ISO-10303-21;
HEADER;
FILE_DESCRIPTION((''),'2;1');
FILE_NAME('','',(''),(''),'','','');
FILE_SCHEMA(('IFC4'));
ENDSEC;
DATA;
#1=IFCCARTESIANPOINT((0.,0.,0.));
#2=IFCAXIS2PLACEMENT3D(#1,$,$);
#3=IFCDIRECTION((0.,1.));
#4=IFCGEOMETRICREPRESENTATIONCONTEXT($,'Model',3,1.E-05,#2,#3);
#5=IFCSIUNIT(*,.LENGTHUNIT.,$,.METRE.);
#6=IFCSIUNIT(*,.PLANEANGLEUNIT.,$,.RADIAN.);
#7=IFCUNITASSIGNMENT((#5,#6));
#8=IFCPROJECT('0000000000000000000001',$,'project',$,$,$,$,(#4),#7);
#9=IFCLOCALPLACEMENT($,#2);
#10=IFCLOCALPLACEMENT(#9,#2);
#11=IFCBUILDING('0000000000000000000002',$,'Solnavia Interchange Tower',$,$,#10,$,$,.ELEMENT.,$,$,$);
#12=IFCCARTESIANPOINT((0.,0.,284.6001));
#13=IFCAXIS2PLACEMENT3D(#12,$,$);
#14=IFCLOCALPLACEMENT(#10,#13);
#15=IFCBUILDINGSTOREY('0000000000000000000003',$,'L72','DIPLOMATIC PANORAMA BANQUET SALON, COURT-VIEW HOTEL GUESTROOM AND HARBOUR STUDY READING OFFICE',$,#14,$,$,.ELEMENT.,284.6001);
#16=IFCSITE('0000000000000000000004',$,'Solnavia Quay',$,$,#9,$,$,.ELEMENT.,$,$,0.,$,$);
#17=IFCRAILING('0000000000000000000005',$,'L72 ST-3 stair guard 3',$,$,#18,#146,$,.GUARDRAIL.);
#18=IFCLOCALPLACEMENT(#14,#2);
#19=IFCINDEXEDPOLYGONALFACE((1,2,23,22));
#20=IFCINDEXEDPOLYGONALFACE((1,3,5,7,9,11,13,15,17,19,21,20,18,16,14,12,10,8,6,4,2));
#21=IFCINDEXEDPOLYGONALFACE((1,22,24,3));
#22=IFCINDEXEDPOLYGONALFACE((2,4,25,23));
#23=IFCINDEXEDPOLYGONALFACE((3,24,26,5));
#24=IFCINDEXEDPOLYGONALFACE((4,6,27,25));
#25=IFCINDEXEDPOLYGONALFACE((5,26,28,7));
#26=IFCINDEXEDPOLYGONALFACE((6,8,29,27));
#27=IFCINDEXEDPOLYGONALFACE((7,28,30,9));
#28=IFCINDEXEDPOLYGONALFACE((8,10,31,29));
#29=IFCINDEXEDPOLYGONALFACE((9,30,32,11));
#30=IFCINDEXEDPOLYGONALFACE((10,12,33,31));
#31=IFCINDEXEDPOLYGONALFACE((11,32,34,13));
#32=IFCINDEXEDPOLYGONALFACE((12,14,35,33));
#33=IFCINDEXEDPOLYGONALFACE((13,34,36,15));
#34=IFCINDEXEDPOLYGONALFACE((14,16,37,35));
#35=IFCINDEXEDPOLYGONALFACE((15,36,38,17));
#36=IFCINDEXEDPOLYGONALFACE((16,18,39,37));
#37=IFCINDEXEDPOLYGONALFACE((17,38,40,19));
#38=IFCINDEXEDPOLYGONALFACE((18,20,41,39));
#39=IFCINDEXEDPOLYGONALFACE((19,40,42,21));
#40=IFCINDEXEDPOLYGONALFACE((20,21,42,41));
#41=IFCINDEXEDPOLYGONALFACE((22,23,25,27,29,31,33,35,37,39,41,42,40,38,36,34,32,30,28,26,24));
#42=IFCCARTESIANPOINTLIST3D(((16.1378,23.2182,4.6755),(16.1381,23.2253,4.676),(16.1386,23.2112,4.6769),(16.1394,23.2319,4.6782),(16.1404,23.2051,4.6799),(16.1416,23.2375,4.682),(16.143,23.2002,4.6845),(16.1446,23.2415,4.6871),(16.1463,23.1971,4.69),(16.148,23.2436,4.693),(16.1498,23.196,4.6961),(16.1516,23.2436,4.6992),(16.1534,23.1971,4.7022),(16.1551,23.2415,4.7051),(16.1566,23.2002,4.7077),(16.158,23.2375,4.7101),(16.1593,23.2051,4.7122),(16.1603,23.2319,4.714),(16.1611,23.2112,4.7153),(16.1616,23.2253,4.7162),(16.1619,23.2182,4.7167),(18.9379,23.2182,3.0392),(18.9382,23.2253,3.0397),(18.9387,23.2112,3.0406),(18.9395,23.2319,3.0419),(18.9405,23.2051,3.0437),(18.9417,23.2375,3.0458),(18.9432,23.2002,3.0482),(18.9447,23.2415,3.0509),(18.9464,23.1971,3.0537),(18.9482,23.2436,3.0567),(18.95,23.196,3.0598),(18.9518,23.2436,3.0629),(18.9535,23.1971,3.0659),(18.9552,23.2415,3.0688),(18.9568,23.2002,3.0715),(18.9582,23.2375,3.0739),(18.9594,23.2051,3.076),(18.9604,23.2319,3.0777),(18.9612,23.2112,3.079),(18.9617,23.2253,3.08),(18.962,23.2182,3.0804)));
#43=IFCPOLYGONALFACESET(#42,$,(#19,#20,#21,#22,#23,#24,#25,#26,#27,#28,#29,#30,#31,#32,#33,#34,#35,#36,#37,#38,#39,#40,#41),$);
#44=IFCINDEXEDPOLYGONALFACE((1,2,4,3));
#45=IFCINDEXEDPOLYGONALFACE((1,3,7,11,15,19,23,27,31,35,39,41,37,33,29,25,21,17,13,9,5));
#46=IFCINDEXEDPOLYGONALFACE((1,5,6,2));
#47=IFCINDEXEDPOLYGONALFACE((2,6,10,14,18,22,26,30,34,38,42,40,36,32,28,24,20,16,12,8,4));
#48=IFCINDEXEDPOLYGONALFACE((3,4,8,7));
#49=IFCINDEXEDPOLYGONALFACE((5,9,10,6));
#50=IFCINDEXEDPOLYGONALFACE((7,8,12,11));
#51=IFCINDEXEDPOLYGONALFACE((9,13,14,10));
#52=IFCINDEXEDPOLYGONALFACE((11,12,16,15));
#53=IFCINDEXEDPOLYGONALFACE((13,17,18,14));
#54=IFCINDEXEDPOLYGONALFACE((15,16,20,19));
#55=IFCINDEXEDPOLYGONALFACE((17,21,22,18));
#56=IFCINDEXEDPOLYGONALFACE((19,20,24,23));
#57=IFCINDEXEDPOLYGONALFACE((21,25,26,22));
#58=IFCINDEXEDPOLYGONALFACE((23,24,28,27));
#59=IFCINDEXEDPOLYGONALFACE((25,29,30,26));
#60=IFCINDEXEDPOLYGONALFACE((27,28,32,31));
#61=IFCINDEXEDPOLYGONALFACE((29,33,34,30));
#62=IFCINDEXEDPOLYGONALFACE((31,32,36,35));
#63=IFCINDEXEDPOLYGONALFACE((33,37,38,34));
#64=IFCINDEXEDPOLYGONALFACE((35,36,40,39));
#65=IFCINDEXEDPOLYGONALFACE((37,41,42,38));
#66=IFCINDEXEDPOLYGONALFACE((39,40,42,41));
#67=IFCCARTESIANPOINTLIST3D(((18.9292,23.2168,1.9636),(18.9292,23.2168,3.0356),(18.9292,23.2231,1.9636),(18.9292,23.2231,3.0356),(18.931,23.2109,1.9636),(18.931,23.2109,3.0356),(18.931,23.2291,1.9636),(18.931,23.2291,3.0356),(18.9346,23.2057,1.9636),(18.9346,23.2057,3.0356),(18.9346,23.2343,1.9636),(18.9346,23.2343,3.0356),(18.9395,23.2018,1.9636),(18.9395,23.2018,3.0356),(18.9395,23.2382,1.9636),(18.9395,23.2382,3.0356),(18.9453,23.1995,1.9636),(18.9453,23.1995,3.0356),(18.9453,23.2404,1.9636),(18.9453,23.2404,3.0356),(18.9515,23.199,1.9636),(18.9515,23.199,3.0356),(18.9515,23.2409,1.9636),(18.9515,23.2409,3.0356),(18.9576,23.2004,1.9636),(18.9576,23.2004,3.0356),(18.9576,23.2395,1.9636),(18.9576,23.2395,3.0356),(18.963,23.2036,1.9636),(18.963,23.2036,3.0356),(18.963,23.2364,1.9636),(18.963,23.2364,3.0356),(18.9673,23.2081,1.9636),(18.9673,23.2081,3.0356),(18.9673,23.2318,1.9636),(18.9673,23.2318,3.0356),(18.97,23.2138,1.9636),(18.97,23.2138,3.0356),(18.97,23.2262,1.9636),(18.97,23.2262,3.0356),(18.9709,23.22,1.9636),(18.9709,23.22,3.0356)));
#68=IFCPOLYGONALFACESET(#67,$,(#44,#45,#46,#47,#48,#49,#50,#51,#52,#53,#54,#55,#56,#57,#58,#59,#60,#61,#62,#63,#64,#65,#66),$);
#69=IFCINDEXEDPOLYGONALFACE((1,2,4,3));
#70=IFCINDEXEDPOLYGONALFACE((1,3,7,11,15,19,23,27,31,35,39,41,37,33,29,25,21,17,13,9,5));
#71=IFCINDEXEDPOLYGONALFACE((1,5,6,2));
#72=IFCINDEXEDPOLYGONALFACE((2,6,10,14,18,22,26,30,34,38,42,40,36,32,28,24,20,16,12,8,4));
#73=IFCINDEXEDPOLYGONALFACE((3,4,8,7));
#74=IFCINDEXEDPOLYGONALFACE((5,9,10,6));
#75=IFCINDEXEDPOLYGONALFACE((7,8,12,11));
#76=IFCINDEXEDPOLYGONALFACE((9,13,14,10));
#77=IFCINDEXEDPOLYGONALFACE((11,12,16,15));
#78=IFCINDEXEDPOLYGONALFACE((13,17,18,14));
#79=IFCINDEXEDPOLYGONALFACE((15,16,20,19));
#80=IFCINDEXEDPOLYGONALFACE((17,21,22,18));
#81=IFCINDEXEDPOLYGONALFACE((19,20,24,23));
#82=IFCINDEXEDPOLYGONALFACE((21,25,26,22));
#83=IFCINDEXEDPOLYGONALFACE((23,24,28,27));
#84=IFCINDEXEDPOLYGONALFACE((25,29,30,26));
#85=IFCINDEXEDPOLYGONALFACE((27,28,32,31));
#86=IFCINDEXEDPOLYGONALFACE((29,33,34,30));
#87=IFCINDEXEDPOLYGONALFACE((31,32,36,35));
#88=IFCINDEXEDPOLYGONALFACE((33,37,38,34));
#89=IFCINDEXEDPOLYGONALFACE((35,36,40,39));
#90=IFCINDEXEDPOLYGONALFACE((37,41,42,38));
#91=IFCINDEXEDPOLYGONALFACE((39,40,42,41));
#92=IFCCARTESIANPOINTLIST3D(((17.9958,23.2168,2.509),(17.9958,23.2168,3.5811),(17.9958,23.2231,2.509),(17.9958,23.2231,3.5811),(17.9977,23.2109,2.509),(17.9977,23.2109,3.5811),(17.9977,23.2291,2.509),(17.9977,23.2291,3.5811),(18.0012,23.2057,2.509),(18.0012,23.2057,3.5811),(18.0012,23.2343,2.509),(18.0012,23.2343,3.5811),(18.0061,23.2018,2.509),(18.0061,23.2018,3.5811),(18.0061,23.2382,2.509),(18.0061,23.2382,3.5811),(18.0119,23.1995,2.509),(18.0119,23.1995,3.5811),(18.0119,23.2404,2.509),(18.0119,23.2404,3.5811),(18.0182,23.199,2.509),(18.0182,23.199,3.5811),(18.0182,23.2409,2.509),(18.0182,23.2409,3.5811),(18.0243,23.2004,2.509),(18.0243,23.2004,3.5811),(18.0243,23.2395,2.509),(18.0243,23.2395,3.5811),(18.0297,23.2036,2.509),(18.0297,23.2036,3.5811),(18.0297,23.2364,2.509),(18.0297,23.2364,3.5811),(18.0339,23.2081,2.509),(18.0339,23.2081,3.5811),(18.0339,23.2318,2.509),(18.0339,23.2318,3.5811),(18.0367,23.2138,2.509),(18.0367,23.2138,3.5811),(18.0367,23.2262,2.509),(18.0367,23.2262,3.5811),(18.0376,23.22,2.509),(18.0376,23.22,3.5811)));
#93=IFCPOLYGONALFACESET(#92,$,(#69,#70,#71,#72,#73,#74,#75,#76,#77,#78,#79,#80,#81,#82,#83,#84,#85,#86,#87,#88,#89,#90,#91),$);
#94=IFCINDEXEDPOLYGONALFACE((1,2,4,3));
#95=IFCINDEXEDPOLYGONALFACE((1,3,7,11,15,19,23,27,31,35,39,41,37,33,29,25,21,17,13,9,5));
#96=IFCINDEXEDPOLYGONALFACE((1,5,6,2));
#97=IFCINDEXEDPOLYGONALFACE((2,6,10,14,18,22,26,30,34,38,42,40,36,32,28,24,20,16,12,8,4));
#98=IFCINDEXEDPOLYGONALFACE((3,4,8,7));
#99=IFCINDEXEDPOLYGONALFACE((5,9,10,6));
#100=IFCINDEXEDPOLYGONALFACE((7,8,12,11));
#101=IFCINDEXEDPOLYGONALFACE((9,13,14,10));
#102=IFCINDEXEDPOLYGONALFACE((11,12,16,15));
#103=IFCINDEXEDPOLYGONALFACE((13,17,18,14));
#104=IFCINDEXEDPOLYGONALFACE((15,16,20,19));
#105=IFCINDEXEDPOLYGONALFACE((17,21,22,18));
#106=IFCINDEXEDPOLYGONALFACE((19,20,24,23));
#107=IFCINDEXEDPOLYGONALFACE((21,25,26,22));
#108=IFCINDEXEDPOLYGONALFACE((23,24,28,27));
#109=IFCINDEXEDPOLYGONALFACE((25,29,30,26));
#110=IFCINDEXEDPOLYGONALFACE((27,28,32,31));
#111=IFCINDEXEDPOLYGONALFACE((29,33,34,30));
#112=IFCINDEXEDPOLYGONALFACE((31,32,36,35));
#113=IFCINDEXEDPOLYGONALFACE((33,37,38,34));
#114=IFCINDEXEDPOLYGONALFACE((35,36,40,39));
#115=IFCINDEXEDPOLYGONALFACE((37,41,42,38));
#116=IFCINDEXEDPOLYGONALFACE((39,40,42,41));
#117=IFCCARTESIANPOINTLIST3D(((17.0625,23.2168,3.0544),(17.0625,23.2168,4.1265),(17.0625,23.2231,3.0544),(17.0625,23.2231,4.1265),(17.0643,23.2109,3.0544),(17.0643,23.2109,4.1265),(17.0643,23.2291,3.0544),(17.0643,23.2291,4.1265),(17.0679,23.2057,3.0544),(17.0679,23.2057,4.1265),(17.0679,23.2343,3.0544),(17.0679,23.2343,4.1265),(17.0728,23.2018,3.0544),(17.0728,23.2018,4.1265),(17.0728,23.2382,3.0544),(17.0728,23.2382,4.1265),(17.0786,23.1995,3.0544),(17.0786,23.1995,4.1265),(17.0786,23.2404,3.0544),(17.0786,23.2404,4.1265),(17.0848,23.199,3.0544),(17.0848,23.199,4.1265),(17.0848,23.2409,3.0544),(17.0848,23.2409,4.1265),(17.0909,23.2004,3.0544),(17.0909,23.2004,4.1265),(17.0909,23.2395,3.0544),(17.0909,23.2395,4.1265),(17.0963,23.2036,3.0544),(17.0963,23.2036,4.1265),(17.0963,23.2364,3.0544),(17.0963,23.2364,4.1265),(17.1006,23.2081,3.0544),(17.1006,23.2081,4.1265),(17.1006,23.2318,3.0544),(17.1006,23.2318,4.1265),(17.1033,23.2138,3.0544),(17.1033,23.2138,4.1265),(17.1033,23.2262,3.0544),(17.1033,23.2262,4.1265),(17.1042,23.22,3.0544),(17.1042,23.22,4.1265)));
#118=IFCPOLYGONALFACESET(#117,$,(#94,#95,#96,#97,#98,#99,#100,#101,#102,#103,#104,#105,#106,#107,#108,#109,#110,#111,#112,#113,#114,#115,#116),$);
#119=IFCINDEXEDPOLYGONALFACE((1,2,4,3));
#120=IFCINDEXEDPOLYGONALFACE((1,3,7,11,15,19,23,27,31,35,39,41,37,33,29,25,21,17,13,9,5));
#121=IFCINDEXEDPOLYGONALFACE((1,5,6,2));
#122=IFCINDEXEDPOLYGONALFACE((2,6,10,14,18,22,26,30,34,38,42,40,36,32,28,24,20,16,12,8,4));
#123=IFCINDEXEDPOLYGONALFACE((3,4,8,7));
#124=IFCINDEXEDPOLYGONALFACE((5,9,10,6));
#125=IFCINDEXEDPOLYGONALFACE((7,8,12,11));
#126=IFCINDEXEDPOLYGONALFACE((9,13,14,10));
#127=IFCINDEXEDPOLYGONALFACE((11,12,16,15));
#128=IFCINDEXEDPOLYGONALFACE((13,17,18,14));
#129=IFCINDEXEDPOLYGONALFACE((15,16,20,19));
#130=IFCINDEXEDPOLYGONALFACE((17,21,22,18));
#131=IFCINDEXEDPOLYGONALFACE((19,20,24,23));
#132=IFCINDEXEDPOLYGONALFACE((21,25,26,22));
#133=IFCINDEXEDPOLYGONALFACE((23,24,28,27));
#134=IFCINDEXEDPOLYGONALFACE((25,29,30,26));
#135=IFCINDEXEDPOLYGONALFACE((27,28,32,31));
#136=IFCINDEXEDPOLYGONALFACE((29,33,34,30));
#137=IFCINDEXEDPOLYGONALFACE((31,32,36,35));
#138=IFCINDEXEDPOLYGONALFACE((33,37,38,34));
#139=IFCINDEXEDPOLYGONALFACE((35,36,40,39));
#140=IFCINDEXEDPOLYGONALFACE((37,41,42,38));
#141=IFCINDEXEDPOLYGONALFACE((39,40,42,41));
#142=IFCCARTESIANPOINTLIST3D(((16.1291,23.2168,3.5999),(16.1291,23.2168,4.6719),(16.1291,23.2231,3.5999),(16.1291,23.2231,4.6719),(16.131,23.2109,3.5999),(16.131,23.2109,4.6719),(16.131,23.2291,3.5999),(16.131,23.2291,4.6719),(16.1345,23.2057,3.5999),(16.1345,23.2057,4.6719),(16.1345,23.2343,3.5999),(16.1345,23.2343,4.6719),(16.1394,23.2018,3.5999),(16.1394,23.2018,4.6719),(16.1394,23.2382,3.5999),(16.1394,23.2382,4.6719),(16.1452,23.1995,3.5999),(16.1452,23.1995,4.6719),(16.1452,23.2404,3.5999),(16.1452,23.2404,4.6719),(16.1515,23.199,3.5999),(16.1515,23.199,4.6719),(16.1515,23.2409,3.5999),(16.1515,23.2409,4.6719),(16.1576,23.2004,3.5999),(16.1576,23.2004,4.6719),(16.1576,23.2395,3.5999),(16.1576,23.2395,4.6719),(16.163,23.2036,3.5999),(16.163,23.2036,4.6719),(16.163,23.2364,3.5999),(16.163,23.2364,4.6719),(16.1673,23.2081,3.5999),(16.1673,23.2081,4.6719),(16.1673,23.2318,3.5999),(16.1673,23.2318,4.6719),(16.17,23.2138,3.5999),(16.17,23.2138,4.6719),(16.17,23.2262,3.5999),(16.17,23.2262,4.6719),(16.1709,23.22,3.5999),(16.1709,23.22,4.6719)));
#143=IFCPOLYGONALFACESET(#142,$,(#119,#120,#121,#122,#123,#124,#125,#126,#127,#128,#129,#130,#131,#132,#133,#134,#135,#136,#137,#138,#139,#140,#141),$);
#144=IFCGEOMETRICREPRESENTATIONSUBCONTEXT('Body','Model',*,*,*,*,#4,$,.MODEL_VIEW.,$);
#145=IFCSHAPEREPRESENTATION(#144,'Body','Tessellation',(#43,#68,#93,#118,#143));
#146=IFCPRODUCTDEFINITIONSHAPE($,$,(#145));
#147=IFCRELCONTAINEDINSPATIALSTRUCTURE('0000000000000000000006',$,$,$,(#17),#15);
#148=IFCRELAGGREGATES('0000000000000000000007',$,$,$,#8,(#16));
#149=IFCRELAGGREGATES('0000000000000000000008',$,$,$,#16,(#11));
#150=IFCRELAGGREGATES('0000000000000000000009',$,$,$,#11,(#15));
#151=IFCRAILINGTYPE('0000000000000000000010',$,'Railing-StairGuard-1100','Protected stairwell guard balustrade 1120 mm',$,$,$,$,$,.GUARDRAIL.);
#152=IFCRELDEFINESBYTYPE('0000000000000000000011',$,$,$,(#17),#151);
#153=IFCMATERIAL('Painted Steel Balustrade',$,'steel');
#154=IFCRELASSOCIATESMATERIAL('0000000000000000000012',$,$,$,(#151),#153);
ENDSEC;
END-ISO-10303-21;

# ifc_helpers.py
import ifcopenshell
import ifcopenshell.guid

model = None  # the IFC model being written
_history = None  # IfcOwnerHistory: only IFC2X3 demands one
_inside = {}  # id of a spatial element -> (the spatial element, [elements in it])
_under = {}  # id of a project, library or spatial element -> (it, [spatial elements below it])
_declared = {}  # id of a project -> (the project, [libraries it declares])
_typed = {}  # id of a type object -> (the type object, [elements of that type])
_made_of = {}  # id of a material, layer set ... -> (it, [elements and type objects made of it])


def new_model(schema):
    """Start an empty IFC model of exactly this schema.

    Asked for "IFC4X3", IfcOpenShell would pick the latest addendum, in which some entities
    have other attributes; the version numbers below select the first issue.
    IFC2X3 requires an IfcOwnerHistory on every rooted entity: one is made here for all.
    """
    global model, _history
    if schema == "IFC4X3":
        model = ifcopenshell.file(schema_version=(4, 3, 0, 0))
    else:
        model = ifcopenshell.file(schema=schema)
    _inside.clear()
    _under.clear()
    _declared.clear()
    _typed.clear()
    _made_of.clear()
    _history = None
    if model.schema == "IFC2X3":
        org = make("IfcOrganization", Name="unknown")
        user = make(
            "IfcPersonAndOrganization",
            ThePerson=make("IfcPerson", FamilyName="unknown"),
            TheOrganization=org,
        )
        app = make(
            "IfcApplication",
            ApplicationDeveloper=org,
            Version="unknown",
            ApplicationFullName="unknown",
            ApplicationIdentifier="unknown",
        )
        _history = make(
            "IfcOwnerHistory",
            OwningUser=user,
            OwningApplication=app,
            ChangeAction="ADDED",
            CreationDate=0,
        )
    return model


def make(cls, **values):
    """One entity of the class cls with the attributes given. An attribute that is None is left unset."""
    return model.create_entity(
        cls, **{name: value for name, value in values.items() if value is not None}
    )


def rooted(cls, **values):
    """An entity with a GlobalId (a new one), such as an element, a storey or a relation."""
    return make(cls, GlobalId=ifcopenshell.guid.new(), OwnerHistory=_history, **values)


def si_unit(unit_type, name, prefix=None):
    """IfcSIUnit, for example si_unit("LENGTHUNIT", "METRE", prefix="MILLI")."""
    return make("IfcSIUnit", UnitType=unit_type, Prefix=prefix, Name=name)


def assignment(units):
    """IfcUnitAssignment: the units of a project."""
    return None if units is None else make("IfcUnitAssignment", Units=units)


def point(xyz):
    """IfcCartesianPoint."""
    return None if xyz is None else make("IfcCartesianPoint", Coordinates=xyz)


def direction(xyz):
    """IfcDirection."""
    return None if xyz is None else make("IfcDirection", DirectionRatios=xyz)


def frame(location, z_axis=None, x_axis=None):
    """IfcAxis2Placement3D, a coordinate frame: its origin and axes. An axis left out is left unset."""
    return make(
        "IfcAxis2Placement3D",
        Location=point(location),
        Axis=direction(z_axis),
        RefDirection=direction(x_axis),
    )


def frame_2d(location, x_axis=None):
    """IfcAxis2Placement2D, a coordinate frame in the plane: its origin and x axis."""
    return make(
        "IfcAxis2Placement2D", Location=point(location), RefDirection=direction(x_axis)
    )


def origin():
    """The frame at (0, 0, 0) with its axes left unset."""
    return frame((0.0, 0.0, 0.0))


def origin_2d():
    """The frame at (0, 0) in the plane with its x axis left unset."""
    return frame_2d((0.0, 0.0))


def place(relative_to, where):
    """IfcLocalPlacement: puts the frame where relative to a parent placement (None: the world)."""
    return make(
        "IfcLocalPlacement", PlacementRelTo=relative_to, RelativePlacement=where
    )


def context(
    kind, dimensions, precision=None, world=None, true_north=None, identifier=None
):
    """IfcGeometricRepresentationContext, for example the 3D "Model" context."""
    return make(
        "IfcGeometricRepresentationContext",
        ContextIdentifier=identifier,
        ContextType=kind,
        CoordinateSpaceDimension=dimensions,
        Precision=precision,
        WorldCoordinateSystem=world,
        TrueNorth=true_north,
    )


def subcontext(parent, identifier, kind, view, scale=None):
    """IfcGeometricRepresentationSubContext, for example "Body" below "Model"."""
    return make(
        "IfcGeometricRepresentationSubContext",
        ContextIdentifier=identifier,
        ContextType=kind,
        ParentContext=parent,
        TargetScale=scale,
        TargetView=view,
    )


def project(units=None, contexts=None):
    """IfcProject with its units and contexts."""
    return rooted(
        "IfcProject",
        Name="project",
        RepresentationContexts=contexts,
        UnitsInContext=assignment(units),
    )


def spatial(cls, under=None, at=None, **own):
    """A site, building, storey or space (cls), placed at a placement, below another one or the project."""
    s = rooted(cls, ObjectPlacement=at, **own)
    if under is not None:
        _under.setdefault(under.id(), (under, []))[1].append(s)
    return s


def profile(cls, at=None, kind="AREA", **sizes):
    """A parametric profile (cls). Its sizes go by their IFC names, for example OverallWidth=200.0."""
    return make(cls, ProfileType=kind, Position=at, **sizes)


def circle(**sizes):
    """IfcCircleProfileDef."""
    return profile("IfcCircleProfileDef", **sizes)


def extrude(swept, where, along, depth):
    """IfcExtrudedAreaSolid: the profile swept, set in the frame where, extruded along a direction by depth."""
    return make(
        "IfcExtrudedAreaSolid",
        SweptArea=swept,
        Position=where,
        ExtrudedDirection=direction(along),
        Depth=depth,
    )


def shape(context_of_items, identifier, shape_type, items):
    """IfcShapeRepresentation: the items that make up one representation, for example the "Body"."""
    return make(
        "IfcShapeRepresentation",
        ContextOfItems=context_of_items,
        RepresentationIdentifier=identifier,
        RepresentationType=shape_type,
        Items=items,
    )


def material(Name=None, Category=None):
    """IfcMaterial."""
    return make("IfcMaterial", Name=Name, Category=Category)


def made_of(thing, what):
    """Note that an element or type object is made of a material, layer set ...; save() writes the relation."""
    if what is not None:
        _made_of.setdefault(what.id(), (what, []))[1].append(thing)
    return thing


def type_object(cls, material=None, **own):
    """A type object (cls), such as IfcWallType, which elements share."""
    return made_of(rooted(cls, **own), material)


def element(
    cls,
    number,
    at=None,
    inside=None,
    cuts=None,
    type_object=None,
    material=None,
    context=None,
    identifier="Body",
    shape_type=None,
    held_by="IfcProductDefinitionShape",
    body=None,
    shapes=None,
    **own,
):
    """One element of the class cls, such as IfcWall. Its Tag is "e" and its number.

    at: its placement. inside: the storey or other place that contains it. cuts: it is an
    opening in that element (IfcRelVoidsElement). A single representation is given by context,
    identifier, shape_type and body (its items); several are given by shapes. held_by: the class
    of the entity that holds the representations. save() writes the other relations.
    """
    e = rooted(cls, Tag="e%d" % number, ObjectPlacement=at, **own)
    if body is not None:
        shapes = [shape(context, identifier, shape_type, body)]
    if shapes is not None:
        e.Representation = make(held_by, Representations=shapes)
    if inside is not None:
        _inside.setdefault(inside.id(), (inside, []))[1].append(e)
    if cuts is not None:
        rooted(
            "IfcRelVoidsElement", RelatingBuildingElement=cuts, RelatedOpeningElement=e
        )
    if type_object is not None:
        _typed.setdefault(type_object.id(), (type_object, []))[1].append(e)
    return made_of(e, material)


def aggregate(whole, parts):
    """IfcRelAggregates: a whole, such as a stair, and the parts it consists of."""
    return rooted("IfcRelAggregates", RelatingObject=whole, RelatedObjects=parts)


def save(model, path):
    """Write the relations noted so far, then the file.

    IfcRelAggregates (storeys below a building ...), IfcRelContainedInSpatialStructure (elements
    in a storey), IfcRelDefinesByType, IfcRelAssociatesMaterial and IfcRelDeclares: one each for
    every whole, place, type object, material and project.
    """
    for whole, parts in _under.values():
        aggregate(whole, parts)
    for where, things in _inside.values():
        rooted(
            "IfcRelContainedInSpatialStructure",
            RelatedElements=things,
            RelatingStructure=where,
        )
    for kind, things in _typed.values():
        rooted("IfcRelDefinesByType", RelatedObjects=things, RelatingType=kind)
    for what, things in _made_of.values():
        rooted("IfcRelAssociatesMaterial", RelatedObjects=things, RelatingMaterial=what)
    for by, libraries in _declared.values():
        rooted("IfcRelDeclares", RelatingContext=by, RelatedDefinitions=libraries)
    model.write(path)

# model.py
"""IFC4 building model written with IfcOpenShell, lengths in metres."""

from ifc_helpers import new_model, si_unit, direction, frame, origin, origin_2d, place, context, subcontext, project, spatial, circle, extrude, material, type_object, element, save


model = new_model("IFC4")

# Units and contexts
model_context = context("Model", 3, precision=1e-05, world=origin(), true_north=direction((0.0, 1.0)))
body_context = subcontext(model_context, "Body", "Model", "MODEL_VIEW")
ifc_project = project(units=[si_unit("LENGTHUNIT", "METRE"), si_unit("PLANEANGLEUNIT", "RADIAN")], contexts=[model_context])

# Site, building, storey
site_placement = place(None, origin())
site = spatial("IfcSite", under=ifc_project, at=site_placement, Name="Solnavia Quay", CompositionType="ELEMENT", RefElevation=0.0)
building_placement = place(site_placement, origin())
building = spatial("IfcBuilding", under=site, at=building_placement, Name="Solnavia Interchange Tower", CompositionType="ELEMENT")
storey_placement = place(building_placement, frame((0.0, 0.0, 284.6001)))
storey = spatial("IfcBuildingStorey", under=building, at=storey_placement, Name="L72", Description="DIPLOMATIC PANORAMA BANQUET SALON, COURT-VIEW HOTEL GUESTROOM AND HARBOUR STUDY READING OFFICE", CompositionType="ELEMENT", Elevation=284.6001)

# Railing
ifc_material_1 = material(Name="Painted Steel Balustrade", Category="steel")
railing_type_1 = type_object("IfcRailingType", Name="Railing-StairGuard-1100", Description="Protected stairwell guard balustrade 1120 mm", PredefinedType="GUARDRAIL", material=ifc_material_1)
railing_1_placement = place(storey_placement, frame((18.95, 23.22, 1.9636)))
element("IfcRailing", 1, at=railing_1_placement, inside=storey, type_object=railing_type_1, Name="L72 ST-3 stair guard 3", PredefinedType="GUARDRAIL", context=body_context, shape_type="SweptSolid", body=[
    extrude(circle(Radius=0.0239, at=origin_2d()), frame((0.0, 0.0, 1.0962), z_axis=(-0.863394, 0.0, 0.504531), x_axis=(0.0, -1.0, 0.0)), (0.0, 0.0, 1.0), 3.2432),
    extrude(circle(Radius=0.021, at=origin_2d()), origin(), (0.0, 0.0, 1.0), 1.072),
    extrude(circle(Radius=0.021, at=origin_2d()), frame((-0.9333, 0.0, 0.5454)), (0.0, 0.0, 1.0), 1.072),
    extrude(circle(Radius=0.021, at=origin_2d()), frame((-1.8667, 0.0, 1.0908)), (0.0, 0.0, 1.0), 1.072),
    extrude(circle(Radius=0.021, at=origin_2d()), frame((-2.8, 0.0, 1.6362)), (0.0, 0.0, 1.0), 1.072),
])

save(model, "model.ifc")
